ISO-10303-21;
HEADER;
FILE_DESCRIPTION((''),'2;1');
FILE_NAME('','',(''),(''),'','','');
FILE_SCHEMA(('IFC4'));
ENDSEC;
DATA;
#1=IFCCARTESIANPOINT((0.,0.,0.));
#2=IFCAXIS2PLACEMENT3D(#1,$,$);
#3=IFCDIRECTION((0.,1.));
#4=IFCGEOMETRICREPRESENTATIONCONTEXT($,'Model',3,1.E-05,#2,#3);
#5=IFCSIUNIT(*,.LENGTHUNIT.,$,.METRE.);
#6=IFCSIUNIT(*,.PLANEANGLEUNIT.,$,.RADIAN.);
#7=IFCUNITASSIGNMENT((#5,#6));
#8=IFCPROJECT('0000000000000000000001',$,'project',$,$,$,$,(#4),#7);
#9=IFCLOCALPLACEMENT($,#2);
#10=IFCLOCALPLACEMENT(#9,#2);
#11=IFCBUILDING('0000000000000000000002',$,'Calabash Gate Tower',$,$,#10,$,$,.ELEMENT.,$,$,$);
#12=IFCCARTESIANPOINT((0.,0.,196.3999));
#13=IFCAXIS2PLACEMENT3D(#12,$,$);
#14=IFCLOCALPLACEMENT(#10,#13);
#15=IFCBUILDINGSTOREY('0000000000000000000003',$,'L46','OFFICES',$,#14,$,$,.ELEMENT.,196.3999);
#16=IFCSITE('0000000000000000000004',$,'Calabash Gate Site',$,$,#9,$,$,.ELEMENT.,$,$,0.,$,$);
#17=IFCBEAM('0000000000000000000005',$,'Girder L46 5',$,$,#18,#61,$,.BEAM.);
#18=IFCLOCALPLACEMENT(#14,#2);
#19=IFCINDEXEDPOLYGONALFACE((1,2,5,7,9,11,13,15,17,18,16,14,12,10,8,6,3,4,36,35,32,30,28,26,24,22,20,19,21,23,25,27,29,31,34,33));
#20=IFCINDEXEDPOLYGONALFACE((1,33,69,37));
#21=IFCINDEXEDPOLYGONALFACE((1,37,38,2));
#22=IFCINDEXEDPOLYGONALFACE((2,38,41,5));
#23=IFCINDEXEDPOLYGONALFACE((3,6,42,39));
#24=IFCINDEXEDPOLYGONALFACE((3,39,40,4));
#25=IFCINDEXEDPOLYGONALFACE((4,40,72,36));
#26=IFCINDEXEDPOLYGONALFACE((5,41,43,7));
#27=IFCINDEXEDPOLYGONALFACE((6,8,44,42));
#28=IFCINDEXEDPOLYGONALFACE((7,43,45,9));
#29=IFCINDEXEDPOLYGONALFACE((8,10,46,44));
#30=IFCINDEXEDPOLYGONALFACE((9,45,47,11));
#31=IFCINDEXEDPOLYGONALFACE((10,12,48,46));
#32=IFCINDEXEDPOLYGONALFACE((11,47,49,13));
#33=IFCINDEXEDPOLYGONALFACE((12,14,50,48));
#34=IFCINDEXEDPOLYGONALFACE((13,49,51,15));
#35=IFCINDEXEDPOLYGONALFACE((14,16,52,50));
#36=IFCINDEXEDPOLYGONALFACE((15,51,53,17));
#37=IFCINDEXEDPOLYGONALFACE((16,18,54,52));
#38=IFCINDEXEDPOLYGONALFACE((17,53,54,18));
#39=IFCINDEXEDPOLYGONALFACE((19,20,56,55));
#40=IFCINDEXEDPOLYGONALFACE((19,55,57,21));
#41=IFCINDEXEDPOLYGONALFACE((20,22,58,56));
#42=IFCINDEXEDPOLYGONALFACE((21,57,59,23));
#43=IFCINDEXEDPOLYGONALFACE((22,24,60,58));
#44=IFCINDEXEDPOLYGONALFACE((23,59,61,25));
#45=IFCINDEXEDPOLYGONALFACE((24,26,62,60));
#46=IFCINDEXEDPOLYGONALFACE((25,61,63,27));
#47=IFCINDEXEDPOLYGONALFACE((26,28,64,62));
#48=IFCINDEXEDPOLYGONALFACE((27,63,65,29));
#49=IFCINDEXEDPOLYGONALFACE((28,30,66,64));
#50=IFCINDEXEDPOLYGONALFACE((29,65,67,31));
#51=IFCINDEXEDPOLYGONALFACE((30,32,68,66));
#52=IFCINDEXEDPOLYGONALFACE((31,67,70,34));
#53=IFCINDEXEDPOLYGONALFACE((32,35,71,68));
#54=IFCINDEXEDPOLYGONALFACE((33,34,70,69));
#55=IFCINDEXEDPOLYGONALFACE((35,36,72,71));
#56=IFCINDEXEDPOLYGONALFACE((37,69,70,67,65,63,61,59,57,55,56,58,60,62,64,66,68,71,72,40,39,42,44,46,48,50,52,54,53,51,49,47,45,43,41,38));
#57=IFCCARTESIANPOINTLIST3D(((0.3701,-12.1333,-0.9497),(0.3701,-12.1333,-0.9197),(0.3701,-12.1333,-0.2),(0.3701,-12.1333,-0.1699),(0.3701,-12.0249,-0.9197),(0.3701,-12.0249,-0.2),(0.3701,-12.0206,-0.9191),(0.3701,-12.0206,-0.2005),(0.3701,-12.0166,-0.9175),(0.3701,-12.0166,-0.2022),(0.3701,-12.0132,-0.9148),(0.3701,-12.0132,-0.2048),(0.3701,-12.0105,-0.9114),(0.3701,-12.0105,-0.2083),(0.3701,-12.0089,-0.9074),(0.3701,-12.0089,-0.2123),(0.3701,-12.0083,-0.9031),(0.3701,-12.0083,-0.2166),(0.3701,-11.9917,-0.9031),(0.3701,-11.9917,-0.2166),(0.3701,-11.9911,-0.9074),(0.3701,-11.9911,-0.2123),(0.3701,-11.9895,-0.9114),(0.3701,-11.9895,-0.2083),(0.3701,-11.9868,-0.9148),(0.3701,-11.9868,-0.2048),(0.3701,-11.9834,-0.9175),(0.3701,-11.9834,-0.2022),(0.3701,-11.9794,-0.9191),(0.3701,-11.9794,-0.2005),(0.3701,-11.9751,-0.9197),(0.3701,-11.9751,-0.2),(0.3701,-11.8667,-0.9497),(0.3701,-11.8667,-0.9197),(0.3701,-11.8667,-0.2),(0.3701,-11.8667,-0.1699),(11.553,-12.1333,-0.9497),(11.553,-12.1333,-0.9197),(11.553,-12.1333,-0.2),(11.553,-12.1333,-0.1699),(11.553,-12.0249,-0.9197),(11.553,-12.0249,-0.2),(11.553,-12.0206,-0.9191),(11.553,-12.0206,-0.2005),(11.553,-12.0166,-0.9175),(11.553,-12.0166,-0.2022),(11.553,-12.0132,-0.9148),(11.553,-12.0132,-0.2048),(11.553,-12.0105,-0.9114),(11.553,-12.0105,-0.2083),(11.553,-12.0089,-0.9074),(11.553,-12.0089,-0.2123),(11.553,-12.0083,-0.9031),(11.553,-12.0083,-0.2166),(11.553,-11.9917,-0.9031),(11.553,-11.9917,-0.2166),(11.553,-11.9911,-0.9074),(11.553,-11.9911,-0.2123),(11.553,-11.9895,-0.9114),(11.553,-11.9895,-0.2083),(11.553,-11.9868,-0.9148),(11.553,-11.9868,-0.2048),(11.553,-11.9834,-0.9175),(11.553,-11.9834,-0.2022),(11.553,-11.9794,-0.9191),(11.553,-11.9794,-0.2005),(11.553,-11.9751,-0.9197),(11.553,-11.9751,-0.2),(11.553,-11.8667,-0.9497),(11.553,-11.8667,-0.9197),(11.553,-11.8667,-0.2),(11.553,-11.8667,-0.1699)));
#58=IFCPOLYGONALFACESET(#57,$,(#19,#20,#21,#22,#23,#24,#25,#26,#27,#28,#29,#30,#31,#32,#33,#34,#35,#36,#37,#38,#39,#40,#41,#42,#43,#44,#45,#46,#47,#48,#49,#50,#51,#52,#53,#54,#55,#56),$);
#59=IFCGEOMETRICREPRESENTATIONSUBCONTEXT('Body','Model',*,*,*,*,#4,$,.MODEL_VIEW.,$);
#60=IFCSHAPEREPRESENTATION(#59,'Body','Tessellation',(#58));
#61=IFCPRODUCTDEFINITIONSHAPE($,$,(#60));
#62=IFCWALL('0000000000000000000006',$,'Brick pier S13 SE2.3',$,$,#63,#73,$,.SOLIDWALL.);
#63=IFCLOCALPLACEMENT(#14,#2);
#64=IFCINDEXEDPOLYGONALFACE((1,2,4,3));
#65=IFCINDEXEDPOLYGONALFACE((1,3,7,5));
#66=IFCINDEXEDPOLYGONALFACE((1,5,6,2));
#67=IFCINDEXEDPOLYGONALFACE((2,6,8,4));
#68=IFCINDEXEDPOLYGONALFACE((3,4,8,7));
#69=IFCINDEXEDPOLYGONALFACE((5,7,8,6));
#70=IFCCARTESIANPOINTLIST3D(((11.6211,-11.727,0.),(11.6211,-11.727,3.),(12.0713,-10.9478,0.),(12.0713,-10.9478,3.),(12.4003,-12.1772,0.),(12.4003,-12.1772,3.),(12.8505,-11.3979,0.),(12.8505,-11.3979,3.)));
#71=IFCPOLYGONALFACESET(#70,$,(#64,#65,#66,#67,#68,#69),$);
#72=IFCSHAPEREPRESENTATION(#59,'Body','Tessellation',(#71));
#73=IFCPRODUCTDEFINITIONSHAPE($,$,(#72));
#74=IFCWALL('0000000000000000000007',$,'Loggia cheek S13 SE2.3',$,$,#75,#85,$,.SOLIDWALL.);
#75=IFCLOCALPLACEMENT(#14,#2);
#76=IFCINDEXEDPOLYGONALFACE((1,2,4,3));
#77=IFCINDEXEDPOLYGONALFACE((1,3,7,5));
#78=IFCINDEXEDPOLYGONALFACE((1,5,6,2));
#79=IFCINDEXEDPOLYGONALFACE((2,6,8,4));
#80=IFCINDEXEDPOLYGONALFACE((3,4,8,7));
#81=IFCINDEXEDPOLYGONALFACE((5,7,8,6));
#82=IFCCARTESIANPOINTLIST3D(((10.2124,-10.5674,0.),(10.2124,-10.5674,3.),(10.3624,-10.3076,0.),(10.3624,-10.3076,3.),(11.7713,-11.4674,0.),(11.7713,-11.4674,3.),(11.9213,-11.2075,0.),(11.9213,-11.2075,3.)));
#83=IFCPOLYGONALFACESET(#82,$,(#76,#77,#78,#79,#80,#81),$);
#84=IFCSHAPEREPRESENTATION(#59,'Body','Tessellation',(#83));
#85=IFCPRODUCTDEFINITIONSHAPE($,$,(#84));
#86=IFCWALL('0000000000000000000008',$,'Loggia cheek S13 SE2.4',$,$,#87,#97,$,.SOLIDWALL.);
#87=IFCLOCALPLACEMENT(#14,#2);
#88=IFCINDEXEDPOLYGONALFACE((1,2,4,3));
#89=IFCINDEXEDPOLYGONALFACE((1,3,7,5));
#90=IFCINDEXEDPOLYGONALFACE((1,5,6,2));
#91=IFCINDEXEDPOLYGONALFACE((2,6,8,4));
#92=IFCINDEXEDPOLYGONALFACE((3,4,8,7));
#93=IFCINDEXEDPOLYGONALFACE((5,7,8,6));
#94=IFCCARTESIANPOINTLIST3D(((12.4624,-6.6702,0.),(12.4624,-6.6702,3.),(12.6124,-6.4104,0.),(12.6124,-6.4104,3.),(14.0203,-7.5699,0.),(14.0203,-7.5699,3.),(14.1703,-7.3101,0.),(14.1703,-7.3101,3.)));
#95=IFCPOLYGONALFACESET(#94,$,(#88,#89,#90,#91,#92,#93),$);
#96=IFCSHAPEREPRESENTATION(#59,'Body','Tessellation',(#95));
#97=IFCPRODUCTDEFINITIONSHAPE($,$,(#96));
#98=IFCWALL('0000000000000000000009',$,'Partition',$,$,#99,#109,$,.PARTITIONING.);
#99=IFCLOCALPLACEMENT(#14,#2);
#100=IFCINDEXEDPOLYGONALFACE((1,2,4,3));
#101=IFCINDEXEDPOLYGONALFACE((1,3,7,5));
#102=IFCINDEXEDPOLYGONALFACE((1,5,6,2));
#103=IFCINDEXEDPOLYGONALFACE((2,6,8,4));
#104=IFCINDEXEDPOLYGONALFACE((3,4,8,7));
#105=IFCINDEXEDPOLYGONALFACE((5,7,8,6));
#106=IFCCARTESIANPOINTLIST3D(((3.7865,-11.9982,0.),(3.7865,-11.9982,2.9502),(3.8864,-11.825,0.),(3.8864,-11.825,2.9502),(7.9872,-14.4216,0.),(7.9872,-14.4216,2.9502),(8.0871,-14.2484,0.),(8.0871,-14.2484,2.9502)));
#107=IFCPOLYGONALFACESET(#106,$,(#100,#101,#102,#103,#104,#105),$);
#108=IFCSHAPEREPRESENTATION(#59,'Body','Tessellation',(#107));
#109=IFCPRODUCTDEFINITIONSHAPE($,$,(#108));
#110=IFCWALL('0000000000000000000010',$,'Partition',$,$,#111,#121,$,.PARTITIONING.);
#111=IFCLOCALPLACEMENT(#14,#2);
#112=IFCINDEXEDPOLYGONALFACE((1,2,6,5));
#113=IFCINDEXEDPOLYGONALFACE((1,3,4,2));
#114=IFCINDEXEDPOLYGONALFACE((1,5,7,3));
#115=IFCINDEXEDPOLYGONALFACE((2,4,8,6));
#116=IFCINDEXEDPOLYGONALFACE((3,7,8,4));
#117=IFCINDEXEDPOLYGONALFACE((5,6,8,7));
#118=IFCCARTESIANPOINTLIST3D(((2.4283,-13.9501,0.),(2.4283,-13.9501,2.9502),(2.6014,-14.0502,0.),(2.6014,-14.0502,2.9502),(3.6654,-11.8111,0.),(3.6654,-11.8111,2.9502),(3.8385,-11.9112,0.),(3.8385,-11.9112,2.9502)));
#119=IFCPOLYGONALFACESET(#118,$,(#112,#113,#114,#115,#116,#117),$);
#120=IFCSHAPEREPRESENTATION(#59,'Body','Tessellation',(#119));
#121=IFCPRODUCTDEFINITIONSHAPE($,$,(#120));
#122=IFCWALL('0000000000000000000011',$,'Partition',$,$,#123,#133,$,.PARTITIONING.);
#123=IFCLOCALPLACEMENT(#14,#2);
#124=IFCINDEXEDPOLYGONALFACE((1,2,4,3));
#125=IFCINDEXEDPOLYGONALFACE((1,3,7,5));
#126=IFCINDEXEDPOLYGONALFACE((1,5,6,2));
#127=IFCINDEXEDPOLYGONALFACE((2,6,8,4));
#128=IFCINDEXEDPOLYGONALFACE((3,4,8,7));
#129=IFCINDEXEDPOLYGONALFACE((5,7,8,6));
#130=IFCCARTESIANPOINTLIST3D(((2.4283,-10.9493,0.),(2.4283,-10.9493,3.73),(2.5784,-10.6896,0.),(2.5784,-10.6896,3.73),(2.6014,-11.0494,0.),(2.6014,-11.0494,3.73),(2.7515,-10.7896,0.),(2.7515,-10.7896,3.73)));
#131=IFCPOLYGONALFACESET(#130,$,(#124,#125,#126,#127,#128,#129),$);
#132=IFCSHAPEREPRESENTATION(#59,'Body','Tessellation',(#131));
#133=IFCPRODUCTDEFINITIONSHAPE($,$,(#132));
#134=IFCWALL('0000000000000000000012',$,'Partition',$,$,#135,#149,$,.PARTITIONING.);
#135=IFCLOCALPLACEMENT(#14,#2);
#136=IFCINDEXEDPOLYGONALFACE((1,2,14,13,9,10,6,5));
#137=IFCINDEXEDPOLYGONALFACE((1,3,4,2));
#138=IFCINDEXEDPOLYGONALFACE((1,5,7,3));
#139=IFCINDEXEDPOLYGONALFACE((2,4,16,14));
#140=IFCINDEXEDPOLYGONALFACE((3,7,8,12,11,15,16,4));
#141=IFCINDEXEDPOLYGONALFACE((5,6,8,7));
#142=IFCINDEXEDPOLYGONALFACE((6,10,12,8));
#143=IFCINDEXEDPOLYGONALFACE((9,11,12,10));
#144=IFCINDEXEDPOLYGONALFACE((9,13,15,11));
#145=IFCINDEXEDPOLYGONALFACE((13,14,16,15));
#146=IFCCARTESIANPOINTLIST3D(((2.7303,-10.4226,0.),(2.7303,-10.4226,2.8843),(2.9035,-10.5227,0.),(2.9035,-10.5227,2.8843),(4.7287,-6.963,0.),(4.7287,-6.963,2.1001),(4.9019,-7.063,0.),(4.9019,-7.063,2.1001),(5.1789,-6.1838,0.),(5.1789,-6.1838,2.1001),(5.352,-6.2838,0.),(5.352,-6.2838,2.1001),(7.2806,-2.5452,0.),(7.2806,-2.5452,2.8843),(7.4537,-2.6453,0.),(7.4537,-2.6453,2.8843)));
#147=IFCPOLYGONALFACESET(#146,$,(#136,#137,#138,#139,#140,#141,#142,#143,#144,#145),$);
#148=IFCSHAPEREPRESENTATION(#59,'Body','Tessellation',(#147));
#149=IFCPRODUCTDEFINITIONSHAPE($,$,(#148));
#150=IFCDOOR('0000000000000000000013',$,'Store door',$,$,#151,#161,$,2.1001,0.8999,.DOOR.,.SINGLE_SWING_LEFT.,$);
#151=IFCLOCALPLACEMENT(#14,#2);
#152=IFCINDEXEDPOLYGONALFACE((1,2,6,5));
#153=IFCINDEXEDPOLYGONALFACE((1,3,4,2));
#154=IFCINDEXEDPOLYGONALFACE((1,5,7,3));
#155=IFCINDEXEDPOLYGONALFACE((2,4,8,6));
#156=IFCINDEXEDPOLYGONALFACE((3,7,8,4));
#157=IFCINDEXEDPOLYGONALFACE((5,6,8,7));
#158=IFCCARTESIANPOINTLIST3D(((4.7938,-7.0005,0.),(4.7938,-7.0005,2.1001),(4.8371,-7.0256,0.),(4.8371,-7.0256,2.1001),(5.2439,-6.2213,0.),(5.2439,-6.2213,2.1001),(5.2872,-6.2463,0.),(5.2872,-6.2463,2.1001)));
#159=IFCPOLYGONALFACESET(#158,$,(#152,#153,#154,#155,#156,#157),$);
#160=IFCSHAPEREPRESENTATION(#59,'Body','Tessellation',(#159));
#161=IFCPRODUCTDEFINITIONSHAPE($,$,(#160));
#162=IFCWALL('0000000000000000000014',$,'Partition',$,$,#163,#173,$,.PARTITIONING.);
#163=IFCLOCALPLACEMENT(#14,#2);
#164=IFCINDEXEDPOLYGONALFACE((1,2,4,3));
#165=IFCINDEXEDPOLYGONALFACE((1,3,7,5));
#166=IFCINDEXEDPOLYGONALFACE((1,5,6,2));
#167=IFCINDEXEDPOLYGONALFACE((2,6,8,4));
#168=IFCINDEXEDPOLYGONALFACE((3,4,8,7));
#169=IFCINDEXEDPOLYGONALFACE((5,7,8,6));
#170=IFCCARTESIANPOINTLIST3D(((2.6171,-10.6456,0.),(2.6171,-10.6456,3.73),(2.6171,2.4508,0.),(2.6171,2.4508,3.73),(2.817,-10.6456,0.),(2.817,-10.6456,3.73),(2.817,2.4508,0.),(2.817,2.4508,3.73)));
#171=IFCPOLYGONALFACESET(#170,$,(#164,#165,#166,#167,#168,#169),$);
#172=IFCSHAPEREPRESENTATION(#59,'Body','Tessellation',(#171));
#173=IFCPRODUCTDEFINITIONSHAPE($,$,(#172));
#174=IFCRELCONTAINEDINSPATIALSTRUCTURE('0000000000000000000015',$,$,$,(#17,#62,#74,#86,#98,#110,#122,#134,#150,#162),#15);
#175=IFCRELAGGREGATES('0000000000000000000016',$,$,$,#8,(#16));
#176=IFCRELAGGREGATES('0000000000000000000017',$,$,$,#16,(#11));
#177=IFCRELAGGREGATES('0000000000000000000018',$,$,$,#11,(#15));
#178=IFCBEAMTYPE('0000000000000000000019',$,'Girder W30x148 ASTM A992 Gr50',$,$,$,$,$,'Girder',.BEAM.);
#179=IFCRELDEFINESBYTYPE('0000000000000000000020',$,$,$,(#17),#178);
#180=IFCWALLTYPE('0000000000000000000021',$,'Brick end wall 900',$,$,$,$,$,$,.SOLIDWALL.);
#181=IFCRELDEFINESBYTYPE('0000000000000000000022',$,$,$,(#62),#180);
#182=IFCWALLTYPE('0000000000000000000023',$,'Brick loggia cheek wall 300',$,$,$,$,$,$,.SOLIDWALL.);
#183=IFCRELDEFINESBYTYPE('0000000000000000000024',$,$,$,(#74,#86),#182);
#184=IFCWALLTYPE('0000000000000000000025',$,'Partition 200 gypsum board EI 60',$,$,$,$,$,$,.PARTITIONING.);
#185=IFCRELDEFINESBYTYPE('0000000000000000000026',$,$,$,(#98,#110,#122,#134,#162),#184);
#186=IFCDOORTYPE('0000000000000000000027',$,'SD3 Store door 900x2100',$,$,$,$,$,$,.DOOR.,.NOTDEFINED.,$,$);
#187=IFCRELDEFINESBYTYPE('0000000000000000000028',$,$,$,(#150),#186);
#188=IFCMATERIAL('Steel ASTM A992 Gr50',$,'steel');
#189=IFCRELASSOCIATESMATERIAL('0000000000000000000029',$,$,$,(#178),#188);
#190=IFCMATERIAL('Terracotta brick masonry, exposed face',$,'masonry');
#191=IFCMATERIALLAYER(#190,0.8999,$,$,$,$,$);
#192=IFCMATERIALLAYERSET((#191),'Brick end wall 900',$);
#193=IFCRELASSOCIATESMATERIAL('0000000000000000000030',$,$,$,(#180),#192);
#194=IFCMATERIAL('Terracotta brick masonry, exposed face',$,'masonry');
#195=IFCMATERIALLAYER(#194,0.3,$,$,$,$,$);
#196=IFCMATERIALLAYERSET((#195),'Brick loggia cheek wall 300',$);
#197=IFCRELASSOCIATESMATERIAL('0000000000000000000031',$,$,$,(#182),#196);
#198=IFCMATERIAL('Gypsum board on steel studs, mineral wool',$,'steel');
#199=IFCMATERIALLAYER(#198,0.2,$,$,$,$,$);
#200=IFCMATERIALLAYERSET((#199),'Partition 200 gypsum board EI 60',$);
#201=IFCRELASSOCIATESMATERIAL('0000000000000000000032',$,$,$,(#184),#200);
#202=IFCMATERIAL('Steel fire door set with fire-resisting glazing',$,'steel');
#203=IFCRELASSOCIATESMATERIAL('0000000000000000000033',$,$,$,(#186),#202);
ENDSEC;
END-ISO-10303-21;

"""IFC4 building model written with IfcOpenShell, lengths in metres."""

from ifc_helpers import new_model, si_unit, direction, frame, frame_2d, origin, origin_2d, place, context, subcontext, project, spatial, rectangle, i_section, extrude, material, layer, layer_set, material_profile, profile_set, type_object, element, fill, save


model = new_model("IFC4")

# Units and contexts
model_context = context("Model", 3, precision=1e-05, world=origin(), true_north=direction((0.0, 1.0)))
body_context = subcontext(model_context, "Body", "Model", "MODEL_VIEW")
ifc_project = project(units=[si_unit("LENGTHUNIT", "METRE"), si_unit("PLANEANGLEUNIT", "RADIAN")], contexts=[model_context])

# Site, building, storey
site_placement = place(None, origin())
site = spatial("IfcSite", under=ifc_project, at=site_placement, Name="Calabash Gate Site", CompositionType="ELEMENT", RefElevation=0.0)
building_placement = place(site_placement, origin())
building = spatial("IfcBuilding", under=site, at=building_placement, Name="Calabash Gate Tower", CompositionType="ELEMENT")
storey_placement = place(building_placement, frame((0.0, 0.0, 196.3999)))
storey = spatial("IfcBuildingStorey", under=building, at=storey_placement, Name="L46", Description="OFFICES", CompositionType="ELEMENT", Elevation=196.3999)

# Beam
ifc_material_1 = material(Name="Steel ASTM A992 Gr50", Category="steel")
ifc_material_profile_1 = material_profile(ifc_material_1, i_section(OverallWidth=0.2666, OverallDepth=0.7798, WebThickness=0.0166, FlangeThickness=0.03, FilletRadius=0.0166, at=origin_2d()))
ifc_profile_set_1 = profile_set([ifc_material_profile_1], Name="Steel ASTM A992 Gr50")
beam_type_1 = type_object("IfcBeamType", Name="Girder W30x148 ASTM A992 Gr50", ElementType="Girder", PredefinedType="BEAM", material=ifc_profile_set_1)
beam_1_placement = place(storey_placement, frame((0.3701, -12.0, -0.5598), z_axis=(1.0, 0.0, 0.0), x_axis=(0.0, 1.0, 0.0)))
element("IfcBeam", 1, at=beam_1_placement, inside=storey, type_object=beam_type_1, Name="Girder L46 5", PredefinedType="BEAM", context=body_context, shape_type="SweptSolid", body=[
    extrude(i_section(OverallWidth=0.2666, OverallDepth=0.7798, WebThickness=0.0166, FlangeThickness=0.03, FilletRadius=0.0166, at=origin_2d()), origin(), (0.0, 0.0, 1.0), 11.1829),
])

# Walls
ifc_material_2 = material(Name="Terracotta brick masonry, exposed face", Category="masonry")
ifc_layer_1 = layer(ifc_material_2, 0.8999)
ifc_layer_set_1 = layer_set([ifc_layer_1], Name="Brick end wall 900")
wall_type_1 = type_object("IfcWallType", Name="Brick end wall 900", PredefinedType="SOLIDWALL", material=ifc_layer_set_1)
wall_1_placement = place(storey_placement, frame((11.8462, -11.3374, 0.0), z_axis=(0.0, 0.0, 1.0), x_axis=(0.865896, -0.500223, 0.0)))
element("IfcWall", 2, at=wall_1_placement, inside=storey, type_object=wall_type_1, Name="Brick pier S13 SE2.3", PredefinedType="SOLIDWALL", context=body_context, shape_type="SweptSolid", body=[
    extrude(rectangle(XDim=0.8999, YDim=0.8999, at=frame_2d((0.45, 0.0))), origin(), (0.0, 0.0, 1.0), 3.0),
])
ifc_material_3 = material(Name="Terracotta brick masonry, exposed face", Category="masonry")
ifc_layer_2 = layer(ifc_material_3, 0.3)
ifc_layer_set_2 = layer_set([ifc_layer_2], Name="Brick loggia cheek wall 300")
wall_type_2 = type_object("IfcWallType", Name="Brick loggia cheek wall 300", PredefinedType="SOLIDWALL", material=ifc_layer_set_2)
wall_2_placement = place(storey_placement, frame((11.8462, -11.3374, 0.0), z_axis=(0.0, 0.0, 1.0), x_axis=(-0.866048, 0.499961, 0.0)))
element("IfcWall", 3, at=wall_2_placement, inside=storey, type_object=wall_type_2, Name="Loggia cheek S13 SE2.3", PredefinedType="SOLIDWALL", context=body_context, shape_type="SweptSolid", body=[
    extrude(rectangle(XDim=1.8, YDim=0.3, at=frame_2d((0.8999, 0.0))), origin(), (0.0, 0.0, 1.0), 3.0),
])
wall_3_placement = place(storey_placement, frame((14.0952, -7.4399, 0.0), z_axis=(0.0, 0.0, 1.0), x_axis=(-0.865971, 0.500094, 0.0)))
element("IfcWall", 4, at=wall_3_placement, inside=storey, type_object=wall_type_2, Name="Loggia cheek S13 SE2.4", PredefinedType="SOLIDWALL", context=body_context, shape_type="SweptSolid", body=[
    extrude(rectangle(XDim=1.7991, YDim=0.3, at=frame_2d((0.8994, 0.0))), origin(), (0.0, 0.0, 1.0), 3.0),
])
ifc_material_4 = material(Name="Gypsum board on steel studs, mineral wool", Category="steel")
ifc_layer_3 = layer(ifc_material_4, 0.2)
ifc_layer_set_3 = layer_set([ifc_layer_3], Name="Partition 200 gypsum board EI 60")
wall_type_3 = type_object("IfcWallType", Name="Partition 200 gypsum board EI 60", PredefinedType="PARTITIONING", material=ifc_layer_set_3)
wall_4_placement = place(storey_placement, frame((3.8364, -11.9116, 0.0), z_axis=(0.0, 0.0, 1.0), x_axis=(0.866197, -0.499702, 0.0)))
element("IfcWall", 5, at=wall_4_placement, inside=storey, type_object=wall_type_3, Name="Partition", PredefinedType="PARTITIONING", context=body_context, shape_type="SweptSolid", body=[
    extrude(rectangle(XDim=4.8496, YDim=0.2, at=frame_2d((2.4248, 0.0))), origin(), (0.0, 0.0, 1.0), 2.9502),
])
wall_5_placement = place(storey_placement, frame((2.5149, -14.0, 0.0), z_axis=(0.0, 0.0, 1.0), x_axis=(0.500655, 0.865647, 0.0)))
element("IfcWall", 6, at=wall_5_placement, inside=storey, type_object=wall_type_3, Name="Partition", PredefinedType="PARTITIONING", context=body_context, shape_type="SweptSolid", body=[
    extrude(rectangle(XDim=2.4709, YDim=0.2, at=frame_2d((1.2354, 0.0))), origin(), (0.0, 0.0, 1.0), 2.9502),
])
wall_6_placement = place(storey_placement, frame((2.5149, -10.9993, 0.0), z_axis=(0.0, 0.0, 1.0), x_axis=(0.500427, 0.865779, 0.0)))
element("IfcWall", 7, at=wall_6_placement, inside=storey, type_object=wall_type_3, Name="Partition", PredefinedType="PARTITIONING", context=body_context, shape_type="SweptSolid", body=[
    extrude(rectangle(XDim=0.3, YDim=0.2, at=frame_2d((0.1499, 0.0))), origin(), (0.0, 0.0, 1.0), 3.73),
])

# Wall, opening, door
wall_7_placement = place(storey_placement, frame((2.8169, -10.4727, 0.0), z_axis=(0.0, 0.0, 1.0), x_axis=(0.500185, 0.865918, 0.0)))
wall_7 = element("IfcWall", 8, at=wall_7_placement, inside=storey, type_object=wall_type_3, Name="Partition", PredefinedType="PARTITIONING", context=body_context, shape_type="SweptSolid", body=[
    extrude(rectangle(XDim=9.0972, YDim=0.2, at=frame_2d((4.5486, 0.0))), origin(), (0.0, 0.0, 1.0), 2.8843),
])
opening_1_placement = place(wall_7_placement, frame((3.9954, 0.0, 0.0)))
opening_1 = element("IfcOpeningElement", 9, at=opening_1_placement, cuts=wall_7, PredefinedType="OPENING", context=body_context, shape_type="SweptSolid", body=[
    extrude(rectangle(XDim=0.8999, YDim=2.1001, at=frame_2d((0.45, 1.05))), frame((0.0, 0.1099, 0.0), z_axis=(0.0, -1.0, 0.0), x_axis=(1.0, 0.0, 0.0)), (0.0, 0.0, 1.0), 0.22),
])
ifc_material_5 = material(Name="Steel fire door set with fire-resisting glazing", Category="steel")
door_type_1 = type_object("IfcDoorType", Name="SD3 Store door 900x2100", OperationType="NOTDEFINED", PredefinedType="DOOR", material=ifc_material_5)
door_1_placement = place(opening_1_placement, origin())
door_1 = element("IfcDoor", 10, at=door_1_placement, inside=storey, type_object=door_type_1, Name="Store door", OperationType="SINGLE_SWING_LEFT", OverallHeight=2.1001, OverallWidth=0.8999, PredefinedType="DOOR", context=body_context, shape_type="SweptSolid", body=[
    extrude(rectangle(XDim=0.8999, YDim=2.1001, at=frame_2d((0.45, 1.05))), frame((0.0, 0.0249, 0.0), z_axis=(0.0, -1.0, 0.0), x_axis=(1.0, 0.0, 0.0)), (0.0, 0.0, 1.0), 0.05),
])
fill(opening_1, door_1)

# Wall
wall_8_placement = place(storey_placement, frame((2.717, -10.6458, 0.0), z_axis=(0.0, 0.0, 1.0), x_axis=(0.0, 1.0, 0.0)))
element("IfcWall", 11, at=wall_8_placement, inside=storey, type_object=wall_type_3, Name="Partition", PredefinedType="PARTITIONING", context=body_context, shape_type="SweptSolid", body=[
    extrude(rectangle(XDim=13.0964, YDim=0.2, at=frame_2d((6.5483, 0.0))), origin(), (0.0, 0.0, 1.0), 3.73),
])

save(model, "model.ifc")
